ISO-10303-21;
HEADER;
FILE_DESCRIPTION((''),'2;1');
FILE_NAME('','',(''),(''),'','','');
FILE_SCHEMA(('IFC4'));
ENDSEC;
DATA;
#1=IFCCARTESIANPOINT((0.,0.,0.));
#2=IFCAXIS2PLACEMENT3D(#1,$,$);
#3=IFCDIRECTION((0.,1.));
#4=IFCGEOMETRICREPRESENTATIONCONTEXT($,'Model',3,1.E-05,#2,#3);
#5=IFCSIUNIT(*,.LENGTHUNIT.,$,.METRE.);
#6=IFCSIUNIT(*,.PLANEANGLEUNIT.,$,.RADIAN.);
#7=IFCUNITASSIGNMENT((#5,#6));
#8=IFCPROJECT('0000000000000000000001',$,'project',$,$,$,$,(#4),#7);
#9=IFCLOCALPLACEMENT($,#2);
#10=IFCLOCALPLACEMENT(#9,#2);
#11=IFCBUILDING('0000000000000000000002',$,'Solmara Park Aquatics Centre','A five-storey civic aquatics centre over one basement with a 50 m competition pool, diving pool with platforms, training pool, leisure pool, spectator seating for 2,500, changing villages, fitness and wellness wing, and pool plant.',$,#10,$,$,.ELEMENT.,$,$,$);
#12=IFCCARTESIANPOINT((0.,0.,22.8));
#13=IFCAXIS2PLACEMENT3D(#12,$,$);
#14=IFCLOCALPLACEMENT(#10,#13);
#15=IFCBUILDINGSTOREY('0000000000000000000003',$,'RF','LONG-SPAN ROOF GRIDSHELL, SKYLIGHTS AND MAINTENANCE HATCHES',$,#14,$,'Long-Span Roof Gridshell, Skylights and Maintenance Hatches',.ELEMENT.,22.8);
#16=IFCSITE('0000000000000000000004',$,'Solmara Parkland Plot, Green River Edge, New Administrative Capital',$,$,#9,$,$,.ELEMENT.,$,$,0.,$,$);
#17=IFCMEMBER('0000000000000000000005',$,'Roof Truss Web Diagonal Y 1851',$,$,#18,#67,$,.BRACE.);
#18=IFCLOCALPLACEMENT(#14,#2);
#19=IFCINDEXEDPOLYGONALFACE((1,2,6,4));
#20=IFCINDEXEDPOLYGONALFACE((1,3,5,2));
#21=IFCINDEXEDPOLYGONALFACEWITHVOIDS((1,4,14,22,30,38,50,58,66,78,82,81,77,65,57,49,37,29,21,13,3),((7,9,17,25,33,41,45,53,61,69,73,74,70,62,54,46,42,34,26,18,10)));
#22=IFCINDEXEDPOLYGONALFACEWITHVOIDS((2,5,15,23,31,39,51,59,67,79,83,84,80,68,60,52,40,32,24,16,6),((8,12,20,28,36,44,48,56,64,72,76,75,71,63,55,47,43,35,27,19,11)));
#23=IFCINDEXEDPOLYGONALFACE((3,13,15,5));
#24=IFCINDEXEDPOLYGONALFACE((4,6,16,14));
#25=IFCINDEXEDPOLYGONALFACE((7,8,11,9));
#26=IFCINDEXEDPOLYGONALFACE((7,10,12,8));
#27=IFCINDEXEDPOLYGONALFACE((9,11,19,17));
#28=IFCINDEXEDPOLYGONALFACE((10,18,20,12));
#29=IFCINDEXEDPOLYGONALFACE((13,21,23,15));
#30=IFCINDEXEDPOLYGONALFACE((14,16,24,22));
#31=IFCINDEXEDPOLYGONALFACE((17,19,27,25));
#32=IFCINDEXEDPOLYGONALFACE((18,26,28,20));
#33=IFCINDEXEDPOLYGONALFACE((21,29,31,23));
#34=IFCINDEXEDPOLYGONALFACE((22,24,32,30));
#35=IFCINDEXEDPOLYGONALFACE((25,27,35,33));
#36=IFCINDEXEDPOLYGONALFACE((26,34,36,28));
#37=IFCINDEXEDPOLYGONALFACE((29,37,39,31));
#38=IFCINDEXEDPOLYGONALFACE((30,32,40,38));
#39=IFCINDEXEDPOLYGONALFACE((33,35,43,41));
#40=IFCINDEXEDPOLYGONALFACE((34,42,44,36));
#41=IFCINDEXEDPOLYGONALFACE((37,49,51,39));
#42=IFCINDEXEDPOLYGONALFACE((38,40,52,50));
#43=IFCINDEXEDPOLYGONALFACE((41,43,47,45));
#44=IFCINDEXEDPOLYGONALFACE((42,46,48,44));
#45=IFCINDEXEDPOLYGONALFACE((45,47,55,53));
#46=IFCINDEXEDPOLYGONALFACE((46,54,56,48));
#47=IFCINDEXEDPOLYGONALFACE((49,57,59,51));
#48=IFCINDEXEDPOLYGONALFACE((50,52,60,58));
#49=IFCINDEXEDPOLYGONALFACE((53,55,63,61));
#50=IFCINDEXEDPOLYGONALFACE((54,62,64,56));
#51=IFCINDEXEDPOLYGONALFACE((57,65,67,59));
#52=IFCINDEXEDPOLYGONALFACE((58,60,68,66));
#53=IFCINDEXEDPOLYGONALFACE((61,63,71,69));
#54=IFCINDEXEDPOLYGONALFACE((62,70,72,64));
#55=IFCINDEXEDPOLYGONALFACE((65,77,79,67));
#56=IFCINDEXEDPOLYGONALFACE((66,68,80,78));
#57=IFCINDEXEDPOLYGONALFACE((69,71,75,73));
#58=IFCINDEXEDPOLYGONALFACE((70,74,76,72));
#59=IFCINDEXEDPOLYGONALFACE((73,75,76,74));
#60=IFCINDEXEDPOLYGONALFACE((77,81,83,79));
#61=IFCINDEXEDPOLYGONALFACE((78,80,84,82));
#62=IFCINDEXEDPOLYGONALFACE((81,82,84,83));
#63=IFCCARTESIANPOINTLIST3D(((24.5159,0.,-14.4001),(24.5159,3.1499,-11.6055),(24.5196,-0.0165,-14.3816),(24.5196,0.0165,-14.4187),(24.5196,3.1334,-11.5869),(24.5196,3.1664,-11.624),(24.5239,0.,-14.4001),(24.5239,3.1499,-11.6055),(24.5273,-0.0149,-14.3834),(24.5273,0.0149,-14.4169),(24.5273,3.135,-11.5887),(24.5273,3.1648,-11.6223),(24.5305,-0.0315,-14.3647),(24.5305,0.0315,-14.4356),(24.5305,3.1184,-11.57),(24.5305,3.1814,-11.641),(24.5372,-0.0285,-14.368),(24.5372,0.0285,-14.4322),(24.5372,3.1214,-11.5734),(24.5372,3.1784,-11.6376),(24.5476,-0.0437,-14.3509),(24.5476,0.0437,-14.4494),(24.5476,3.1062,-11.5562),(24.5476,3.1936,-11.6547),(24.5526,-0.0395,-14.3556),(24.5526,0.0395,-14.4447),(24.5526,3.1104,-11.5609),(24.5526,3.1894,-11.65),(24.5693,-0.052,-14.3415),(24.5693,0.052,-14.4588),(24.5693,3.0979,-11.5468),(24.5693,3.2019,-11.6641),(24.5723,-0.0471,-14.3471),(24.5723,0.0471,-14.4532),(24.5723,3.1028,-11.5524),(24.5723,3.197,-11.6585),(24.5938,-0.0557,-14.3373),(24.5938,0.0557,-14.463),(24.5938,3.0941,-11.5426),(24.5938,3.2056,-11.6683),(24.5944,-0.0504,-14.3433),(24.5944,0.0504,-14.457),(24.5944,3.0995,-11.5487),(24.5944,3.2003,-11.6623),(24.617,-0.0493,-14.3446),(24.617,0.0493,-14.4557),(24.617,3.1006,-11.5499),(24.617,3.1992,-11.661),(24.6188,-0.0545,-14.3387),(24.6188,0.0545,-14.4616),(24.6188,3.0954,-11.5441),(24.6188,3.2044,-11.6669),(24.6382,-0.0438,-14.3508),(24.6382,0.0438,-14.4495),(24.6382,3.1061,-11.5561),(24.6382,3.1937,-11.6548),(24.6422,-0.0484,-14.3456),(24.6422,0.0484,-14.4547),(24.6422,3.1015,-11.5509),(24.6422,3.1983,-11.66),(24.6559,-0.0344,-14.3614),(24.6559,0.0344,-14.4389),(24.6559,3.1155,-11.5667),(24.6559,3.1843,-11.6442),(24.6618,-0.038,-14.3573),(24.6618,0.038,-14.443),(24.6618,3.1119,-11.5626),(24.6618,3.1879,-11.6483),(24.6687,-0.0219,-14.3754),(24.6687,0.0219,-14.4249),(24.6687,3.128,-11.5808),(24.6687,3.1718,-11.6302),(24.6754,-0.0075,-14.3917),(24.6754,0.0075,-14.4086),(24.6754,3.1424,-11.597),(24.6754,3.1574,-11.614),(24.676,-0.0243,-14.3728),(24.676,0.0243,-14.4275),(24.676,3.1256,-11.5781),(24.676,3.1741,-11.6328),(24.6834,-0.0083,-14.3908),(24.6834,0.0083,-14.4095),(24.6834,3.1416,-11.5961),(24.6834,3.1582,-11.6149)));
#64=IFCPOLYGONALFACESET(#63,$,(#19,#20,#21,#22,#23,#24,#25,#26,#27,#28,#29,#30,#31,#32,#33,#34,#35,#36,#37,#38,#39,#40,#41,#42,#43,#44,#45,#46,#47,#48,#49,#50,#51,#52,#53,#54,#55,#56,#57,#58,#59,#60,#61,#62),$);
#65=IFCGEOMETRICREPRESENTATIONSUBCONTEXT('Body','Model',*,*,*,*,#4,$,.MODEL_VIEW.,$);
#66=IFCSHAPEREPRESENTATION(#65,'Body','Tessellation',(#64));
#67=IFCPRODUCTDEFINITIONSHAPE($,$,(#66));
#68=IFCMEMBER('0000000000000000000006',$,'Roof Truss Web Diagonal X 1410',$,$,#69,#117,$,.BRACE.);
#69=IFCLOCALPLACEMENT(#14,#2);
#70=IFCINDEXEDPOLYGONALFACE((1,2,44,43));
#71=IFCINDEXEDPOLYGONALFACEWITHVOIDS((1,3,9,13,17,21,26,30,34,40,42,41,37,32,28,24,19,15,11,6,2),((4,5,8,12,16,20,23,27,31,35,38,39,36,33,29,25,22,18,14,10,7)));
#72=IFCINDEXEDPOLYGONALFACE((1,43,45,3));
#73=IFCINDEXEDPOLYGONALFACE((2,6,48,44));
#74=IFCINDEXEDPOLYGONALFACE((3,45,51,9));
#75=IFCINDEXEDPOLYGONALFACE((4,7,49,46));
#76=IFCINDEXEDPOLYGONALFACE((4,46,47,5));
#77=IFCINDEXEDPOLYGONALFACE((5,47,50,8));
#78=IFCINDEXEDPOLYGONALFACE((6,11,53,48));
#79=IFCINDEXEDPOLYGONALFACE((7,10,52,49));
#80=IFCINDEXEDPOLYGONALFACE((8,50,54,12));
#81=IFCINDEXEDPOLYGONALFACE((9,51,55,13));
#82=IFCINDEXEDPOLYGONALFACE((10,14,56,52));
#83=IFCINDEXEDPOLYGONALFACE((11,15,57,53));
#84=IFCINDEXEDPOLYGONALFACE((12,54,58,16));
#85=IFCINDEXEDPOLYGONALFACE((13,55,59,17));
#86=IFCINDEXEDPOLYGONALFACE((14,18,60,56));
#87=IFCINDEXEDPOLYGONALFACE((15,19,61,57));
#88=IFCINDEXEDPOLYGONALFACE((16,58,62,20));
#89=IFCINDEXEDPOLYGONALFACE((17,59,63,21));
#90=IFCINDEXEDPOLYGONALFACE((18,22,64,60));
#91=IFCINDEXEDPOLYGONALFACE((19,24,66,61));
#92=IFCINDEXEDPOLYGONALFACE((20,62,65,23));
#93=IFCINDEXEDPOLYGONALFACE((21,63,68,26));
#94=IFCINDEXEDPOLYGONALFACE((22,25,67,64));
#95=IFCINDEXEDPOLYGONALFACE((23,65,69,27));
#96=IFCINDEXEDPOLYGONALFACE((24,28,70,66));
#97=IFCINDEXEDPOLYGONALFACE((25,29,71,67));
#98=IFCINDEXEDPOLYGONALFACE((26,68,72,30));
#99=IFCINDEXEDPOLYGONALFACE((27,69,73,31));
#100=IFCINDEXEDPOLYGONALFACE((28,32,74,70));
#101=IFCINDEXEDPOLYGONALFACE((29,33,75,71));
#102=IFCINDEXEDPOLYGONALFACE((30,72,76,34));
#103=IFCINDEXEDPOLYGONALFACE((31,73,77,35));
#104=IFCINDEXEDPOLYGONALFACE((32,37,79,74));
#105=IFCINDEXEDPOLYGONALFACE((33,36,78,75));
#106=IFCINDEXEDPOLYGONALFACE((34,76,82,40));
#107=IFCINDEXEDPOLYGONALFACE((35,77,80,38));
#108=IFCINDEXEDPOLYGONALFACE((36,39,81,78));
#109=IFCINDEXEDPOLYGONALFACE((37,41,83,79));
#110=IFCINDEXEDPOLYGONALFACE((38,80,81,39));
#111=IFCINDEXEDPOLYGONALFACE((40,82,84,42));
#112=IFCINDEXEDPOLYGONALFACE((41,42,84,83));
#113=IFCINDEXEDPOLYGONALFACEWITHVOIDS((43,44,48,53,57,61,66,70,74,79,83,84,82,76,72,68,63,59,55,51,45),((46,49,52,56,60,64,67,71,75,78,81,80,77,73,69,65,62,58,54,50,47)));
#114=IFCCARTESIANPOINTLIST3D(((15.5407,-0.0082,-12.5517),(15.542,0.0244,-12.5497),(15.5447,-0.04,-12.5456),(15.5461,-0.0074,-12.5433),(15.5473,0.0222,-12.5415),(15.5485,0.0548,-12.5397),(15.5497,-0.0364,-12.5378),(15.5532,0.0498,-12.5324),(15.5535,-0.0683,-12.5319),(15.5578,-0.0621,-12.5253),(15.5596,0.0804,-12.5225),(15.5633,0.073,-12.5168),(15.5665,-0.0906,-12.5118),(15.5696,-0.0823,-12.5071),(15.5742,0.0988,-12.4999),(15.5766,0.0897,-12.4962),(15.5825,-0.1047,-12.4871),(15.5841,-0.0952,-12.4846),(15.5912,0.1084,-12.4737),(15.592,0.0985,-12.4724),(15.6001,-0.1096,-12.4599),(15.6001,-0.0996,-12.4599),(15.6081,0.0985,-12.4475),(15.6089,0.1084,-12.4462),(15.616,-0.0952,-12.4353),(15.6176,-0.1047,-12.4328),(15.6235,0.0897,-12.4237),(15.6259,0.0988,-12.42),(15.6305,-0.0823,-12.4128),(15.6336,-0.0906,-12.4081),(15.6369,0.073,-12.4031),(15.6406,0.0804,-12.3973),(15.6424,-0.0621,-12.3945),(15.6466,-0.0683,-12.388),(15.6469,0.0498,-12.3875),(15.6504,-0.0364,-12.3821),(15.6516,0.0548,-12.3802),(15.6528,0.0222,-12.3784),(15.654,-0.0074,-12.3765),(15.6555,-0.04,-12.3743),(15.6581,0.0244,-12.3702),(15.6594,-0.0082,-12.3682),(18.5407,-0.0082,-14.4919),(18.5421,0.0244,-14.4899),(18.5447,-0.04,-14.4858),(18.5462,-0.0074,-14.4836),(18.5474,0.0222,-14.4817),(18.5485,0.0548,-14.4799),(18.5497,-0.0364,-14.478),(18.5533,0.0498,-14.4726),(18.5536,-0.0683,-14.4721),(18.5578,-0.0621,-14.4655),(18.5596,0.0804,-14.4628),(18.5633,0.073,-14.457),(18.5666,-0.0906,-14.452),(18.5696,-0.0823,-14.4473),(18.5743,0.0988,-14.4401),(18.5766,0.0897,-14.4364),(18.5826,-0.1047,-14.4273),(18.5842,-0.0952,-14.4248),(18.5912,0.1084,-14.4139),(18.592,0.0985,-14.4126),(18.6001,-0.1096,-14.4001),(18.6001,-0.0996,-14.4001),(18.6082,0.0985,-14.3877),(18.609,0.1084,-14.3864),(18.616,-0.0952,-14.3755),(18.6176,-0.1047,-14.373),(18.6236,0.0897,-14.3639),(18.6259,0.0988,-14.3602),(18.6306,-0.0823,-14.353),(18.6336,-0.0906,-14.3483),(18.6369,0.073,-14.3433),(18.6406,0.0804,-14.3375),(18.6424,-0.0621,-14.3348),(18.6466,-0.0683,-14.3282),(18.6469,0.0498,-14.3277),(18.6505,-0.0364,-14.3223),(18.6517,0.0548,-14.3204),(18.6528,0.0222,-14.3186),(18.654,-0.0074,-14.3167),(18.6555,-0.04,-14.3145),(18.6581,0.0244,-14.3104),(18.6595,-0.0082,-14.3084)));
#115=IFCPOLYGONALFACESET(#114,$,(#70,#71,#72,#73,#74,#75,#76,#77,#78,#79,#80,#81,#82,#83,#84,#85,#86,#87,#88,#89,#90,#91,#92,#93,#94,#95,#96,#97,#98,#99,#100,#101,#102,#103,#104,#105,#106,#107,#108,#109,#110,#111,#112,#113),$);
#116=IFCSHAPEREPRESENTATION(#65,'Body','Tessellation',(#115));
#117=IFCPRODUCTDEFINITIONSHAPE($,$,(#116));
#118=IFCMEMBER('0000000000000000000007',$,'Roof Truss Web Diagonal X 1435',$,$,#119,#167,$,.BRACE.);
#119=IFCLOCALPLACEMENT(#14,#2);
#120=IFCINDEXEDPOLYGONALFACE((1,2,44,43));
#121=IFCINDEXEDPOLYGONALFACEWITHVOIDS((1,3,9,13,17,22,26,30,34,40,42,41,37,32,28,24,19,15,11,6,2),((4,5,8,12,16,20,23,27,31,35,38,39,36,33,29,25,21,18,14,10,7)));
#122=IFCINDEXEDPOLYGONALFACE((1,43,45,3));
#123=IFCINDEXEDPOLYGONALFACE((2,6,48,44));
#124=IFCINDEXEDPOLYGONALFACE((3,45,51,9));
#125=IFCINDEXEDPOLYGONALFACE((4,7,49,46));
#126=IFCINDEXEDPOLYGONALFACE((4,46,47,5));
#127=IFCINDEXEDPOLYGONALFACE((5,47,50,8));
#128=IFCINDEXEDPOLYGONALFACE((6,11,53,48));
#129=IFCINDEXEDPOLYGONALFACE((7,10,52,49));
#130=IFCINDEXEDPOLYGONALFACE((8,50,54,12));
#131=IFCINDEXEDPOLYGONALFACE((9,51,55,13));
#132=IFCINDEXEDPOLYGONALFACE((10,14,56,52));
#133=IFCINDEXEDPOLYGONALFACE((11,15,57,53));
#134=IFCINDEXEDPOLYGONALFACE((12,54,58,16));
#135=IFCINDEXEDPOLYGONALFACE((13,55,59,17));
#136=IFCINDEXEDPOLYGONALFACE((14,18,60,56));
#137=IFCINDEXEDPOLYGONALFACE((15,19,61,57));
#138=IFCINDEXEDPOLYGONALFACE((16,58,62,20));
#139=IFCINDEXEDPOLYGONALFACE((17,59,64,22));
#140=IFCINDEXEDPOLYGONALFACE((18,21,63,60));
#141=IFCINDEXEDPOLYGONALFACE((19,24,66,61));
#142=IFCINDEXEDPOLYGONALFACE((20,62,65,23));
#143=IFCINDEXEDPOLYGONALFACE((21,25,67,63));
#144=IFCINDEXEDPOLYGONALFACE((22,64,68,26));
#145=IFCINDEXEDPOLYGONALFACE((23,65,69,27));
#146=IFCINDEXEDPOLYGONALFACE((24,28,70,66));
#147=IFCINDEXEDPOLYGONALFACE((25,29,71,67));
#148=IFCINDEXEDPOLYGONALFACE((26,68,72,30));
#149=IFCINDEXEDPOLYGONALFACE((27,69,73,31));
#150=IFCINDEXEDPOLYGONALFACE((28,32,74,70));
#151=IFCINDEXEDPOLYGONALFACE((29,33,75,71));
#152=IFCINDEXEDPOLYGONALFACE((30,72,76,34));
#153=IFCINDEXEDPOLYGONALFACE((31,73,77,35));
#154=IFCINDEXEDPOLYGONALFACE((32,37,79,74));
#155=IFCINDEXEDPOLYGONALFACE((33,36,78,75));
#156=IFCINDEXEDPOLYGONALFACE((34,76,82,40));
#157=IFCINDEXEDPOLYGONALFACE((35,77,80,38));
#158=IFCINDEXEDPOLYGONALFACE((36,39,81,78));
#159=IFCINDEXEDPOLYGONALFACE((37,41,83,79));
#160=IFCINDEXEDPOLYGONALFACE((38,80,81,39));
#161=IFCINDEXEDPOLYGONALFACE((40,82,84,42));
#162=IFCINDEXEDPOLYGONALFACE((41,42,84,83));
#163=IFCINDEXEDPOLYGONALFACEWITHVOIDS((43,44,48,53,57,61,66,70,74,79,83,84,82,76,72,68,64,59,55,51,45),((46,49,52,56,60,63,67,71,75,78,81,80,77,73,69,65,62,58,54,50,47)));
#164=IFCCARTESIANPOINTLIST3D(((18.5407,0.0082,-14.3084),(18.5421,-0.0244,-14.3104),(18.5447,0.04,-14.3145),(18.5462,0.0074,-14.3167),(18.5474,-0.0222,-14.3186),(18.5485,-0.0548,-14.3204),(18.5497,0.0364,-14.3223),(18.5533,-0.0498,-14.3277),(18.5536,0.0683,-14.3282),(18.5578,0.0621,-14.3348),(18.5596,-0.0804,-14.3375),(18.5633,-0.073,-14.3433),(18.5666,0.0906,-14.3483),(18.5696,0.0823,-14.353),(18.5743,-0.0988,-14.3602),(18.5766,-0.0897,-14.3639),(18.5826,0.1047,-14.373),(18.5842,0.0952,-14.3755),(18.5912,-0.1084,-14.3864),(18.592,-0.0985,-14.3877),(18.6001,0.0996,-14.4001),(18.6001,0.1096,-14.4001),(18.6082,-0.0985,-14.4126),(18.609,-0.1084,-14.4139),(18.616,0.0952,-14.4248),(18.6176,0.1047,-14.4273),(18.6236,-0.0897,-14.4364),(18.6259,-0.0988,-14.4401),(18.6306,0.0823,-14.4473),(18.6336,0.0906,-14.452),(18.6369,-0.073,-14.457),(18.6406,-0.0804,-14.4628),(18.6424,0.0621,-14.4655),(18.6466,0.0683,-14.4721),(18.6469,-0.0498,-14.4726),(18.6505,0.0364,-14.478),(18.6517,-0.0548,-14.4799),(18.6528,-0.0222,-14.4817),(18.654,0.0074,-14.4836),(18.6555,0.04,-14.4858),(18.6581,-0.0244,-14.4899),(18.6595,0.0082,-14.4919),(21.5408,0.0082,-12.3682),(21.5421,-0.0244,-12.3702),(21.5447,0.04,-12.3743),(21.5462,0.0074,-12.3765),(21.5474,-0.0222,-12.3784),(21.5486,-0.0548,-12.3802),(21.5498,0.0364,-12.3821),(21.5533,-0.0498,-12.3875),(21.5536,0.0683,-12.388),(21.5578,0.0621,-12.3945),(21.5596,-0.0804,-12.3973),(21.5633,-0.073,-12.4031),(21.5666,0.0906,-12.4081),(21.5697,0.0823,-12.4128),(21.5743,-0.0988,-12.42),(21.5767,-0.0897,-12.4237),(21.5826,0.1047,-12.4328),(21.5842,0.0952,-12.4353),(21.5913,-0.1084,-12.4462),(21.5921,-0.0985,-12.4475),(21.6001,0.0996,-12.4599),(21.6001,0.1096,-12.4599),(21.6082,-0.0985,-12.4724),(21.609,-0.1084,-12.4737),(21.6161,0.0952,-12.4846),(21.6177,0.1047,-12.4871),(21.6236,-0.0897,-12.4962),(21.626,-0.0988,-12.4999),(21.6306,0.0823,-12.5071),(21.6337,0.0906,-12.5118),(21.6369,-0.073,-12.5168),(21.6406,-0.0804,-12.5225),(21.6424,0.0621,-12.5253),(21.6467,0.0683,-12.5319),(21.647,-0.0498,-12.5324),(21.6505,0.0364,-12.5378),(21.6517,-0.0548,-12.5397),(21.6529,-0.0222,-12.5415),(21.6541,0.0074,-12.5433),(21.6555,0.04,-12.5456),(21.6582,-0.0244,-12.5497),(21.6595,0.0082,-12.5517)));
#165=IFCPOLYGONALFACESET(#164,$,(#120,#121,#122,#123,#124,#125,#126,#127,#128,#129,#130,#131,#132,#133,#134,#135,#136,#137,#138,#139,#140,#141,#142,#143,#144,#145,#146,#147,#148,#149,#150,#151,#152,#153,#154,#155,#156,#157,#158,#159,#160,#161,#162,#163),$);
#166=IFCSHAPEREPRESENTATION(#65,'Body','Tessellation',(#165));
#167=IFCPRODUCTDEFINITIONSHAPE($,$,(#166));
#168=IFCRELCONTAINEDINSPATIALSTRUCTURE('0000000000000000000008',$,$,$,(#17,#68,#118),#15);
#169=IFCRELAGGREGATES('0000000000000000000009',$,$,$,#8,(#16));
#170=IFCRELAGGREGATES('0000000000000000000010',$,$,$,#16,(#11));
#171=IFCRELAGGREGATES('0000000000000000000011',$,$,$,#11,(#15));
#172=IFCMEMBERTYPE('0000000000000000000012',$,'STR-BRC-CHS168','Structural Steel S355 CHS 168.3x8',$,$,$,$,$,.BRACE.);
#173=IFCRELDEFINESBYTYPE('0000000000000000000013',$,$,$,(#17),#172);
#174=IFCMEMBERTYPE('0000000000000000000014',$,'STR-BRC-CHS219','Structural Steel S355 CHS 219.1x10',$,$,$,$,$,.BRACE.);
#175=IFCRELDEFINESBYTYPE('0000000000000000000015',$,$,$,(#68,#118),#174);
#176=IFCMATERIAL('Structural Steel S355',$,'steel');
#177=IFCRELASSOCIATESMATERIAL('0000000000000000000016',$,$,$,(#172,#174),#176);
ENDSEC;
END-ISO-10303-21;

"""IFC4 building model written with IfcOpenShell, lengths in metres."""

from ifc_helpers import new_model, si_unit, direction, frame, origin, origin_2d, place, context, subcontext, project, spatial, hollow_circle, extrude, material, material_profile, profile_set, type_object, element, save


model = new_model("IFC4")

# Units and contexts
model_context = context("Model", 3, precision=1e-05, world=origin(), true_north=direction((0.0, 1.0)))
body_context = subcontext(model_context, "Body", "Model", "MODEL_VIEW")
ifc_project = project(units=[si_unit("LENGTHUNIT", "METRE"), si_unit("PLANEANGLEUNIT", "RADIAN")], contexts=[model_context])

# Site, building, storey
site_placement = place(None, origin())
site = spatial("IfcSite", under=ifc_project, at=site_placement, Name="Solmara Parkland Plot, Green River Edge, New Administrative Capital", CompositionType="ELEMENT", RefElevation=0.0)
building_placement = place(site_placement, origin())
building = spatial("IfcBuilding", under=site, at=building_placement, Name="Solmara Park Aquatics Centre", Description="A five-storey civic aquatics centre over one basement with a 50 m competition pool, diving pool with platforms, training pool, leisure pool, spectator seating for 2,500, changing villages, fitness and wellness wing, and pool plant.", CompositionType="ELEMENT")
storey_placement = place(building_placement, frame((0.0, 0.0, 22.8)))
storey = spatial("IfcBuildingStorey", under=building, at=storey_placement, Name="RF", Description="LONG-SPAN ROOF GRIDSHELL, SKYLIGHTS AND MAINTENANCE HATCHES", LongName="Long-Span Roof Gridshell, Skylights and Maintenance Hatches", CompositionType="ELEMENT", Elevation=22.8)

# Members
ifc_material_1 = material(Name="Structural Steel S355", Category="steel")
ifc_material_profile_1 = material_profile(ifc_material_1, hollow_circle(Radius=0.0842, WallThickness=0.0081, at=origin_2d()), Name="CHS 168.3x8")
ifc_profile_set_1 = profile_set([ifc_material_profile_1], Name="Structural Steel S355")
member_type_1 = type_object("IfcMemberType", Name="STR-BRC-CHS168", Description="Structural Steel S355 CHS 168.3x8", PredefinedType="BRACE", material=ifc_profile_set_1)
member_1_placement = place(storey_placement, frame((24.6001, 0.0, -14.4001), z_axis=(0.0, 0.748026, 0.663669), x_axis=(-1.0, 0.0, 0.0)))
element("IfcMember", 1, at=member_1_placement, inside=storey, type_object=member_type_1, Name="Roof Truss Web Diagonal Y 1851", PredefinedType="BRACE", context=body_context, shape_type="SweptSolid", body=[
    extrude(hollow_circle(Radius=0.0842, WallThickness=0.0081, at=origin_2d()), origin(), (0.0, 0.0, 1.0), 4.2109),
])
ifc_material_profile_2 = material_profile(ifc_material_1, hollow_circle(Radius=0.1096, WallThickness=0.01, at=origin_2d()), Name="CHS 219.1x10")
ifc_profile_set_2 = profile_set([ifc_material_profile_2], Name="Structural Steel S355")
member_type_2 = type_object("IfcMemberType", Name="STR-BRC-CHS219", Description="Structural Steel S355 CHS 219.1x10", PredefinedType="BRACE", material=ifc_profile_set_2)
for number, where, z_axis, x_axis, name in (
    (2, (18.6001, 0.0, -14.4001), (-0.839697, 0.0, 0.543056), (0.0, -1.0, 0.0), "Roof Truss Web Diagonal X 1410"),
    (3, (18.6001, 0.0, -14.4001), (0.839697, 0.0, 0.543056), (0.0, 1.0, 0.0), "Roof Truss Web Diagonal X 1435"),
):
    element("IfcMember", number, at=place(storey_placement, frame(where, z_axis=z_axis, x_axis=x_axis)), inside=storey, type_object=member_type_2, Name=name, PredefinedType="BRACE", context=body_context, shape_type="SweptSolid", body=[
        extrude(hollow_circle(Radius=0.1096, WallThickness=0.01, at=origin_2d()), origin(), (0.0, 0.0, 1.0), 3.5728),
    ])

save(model, "model.ifc")
